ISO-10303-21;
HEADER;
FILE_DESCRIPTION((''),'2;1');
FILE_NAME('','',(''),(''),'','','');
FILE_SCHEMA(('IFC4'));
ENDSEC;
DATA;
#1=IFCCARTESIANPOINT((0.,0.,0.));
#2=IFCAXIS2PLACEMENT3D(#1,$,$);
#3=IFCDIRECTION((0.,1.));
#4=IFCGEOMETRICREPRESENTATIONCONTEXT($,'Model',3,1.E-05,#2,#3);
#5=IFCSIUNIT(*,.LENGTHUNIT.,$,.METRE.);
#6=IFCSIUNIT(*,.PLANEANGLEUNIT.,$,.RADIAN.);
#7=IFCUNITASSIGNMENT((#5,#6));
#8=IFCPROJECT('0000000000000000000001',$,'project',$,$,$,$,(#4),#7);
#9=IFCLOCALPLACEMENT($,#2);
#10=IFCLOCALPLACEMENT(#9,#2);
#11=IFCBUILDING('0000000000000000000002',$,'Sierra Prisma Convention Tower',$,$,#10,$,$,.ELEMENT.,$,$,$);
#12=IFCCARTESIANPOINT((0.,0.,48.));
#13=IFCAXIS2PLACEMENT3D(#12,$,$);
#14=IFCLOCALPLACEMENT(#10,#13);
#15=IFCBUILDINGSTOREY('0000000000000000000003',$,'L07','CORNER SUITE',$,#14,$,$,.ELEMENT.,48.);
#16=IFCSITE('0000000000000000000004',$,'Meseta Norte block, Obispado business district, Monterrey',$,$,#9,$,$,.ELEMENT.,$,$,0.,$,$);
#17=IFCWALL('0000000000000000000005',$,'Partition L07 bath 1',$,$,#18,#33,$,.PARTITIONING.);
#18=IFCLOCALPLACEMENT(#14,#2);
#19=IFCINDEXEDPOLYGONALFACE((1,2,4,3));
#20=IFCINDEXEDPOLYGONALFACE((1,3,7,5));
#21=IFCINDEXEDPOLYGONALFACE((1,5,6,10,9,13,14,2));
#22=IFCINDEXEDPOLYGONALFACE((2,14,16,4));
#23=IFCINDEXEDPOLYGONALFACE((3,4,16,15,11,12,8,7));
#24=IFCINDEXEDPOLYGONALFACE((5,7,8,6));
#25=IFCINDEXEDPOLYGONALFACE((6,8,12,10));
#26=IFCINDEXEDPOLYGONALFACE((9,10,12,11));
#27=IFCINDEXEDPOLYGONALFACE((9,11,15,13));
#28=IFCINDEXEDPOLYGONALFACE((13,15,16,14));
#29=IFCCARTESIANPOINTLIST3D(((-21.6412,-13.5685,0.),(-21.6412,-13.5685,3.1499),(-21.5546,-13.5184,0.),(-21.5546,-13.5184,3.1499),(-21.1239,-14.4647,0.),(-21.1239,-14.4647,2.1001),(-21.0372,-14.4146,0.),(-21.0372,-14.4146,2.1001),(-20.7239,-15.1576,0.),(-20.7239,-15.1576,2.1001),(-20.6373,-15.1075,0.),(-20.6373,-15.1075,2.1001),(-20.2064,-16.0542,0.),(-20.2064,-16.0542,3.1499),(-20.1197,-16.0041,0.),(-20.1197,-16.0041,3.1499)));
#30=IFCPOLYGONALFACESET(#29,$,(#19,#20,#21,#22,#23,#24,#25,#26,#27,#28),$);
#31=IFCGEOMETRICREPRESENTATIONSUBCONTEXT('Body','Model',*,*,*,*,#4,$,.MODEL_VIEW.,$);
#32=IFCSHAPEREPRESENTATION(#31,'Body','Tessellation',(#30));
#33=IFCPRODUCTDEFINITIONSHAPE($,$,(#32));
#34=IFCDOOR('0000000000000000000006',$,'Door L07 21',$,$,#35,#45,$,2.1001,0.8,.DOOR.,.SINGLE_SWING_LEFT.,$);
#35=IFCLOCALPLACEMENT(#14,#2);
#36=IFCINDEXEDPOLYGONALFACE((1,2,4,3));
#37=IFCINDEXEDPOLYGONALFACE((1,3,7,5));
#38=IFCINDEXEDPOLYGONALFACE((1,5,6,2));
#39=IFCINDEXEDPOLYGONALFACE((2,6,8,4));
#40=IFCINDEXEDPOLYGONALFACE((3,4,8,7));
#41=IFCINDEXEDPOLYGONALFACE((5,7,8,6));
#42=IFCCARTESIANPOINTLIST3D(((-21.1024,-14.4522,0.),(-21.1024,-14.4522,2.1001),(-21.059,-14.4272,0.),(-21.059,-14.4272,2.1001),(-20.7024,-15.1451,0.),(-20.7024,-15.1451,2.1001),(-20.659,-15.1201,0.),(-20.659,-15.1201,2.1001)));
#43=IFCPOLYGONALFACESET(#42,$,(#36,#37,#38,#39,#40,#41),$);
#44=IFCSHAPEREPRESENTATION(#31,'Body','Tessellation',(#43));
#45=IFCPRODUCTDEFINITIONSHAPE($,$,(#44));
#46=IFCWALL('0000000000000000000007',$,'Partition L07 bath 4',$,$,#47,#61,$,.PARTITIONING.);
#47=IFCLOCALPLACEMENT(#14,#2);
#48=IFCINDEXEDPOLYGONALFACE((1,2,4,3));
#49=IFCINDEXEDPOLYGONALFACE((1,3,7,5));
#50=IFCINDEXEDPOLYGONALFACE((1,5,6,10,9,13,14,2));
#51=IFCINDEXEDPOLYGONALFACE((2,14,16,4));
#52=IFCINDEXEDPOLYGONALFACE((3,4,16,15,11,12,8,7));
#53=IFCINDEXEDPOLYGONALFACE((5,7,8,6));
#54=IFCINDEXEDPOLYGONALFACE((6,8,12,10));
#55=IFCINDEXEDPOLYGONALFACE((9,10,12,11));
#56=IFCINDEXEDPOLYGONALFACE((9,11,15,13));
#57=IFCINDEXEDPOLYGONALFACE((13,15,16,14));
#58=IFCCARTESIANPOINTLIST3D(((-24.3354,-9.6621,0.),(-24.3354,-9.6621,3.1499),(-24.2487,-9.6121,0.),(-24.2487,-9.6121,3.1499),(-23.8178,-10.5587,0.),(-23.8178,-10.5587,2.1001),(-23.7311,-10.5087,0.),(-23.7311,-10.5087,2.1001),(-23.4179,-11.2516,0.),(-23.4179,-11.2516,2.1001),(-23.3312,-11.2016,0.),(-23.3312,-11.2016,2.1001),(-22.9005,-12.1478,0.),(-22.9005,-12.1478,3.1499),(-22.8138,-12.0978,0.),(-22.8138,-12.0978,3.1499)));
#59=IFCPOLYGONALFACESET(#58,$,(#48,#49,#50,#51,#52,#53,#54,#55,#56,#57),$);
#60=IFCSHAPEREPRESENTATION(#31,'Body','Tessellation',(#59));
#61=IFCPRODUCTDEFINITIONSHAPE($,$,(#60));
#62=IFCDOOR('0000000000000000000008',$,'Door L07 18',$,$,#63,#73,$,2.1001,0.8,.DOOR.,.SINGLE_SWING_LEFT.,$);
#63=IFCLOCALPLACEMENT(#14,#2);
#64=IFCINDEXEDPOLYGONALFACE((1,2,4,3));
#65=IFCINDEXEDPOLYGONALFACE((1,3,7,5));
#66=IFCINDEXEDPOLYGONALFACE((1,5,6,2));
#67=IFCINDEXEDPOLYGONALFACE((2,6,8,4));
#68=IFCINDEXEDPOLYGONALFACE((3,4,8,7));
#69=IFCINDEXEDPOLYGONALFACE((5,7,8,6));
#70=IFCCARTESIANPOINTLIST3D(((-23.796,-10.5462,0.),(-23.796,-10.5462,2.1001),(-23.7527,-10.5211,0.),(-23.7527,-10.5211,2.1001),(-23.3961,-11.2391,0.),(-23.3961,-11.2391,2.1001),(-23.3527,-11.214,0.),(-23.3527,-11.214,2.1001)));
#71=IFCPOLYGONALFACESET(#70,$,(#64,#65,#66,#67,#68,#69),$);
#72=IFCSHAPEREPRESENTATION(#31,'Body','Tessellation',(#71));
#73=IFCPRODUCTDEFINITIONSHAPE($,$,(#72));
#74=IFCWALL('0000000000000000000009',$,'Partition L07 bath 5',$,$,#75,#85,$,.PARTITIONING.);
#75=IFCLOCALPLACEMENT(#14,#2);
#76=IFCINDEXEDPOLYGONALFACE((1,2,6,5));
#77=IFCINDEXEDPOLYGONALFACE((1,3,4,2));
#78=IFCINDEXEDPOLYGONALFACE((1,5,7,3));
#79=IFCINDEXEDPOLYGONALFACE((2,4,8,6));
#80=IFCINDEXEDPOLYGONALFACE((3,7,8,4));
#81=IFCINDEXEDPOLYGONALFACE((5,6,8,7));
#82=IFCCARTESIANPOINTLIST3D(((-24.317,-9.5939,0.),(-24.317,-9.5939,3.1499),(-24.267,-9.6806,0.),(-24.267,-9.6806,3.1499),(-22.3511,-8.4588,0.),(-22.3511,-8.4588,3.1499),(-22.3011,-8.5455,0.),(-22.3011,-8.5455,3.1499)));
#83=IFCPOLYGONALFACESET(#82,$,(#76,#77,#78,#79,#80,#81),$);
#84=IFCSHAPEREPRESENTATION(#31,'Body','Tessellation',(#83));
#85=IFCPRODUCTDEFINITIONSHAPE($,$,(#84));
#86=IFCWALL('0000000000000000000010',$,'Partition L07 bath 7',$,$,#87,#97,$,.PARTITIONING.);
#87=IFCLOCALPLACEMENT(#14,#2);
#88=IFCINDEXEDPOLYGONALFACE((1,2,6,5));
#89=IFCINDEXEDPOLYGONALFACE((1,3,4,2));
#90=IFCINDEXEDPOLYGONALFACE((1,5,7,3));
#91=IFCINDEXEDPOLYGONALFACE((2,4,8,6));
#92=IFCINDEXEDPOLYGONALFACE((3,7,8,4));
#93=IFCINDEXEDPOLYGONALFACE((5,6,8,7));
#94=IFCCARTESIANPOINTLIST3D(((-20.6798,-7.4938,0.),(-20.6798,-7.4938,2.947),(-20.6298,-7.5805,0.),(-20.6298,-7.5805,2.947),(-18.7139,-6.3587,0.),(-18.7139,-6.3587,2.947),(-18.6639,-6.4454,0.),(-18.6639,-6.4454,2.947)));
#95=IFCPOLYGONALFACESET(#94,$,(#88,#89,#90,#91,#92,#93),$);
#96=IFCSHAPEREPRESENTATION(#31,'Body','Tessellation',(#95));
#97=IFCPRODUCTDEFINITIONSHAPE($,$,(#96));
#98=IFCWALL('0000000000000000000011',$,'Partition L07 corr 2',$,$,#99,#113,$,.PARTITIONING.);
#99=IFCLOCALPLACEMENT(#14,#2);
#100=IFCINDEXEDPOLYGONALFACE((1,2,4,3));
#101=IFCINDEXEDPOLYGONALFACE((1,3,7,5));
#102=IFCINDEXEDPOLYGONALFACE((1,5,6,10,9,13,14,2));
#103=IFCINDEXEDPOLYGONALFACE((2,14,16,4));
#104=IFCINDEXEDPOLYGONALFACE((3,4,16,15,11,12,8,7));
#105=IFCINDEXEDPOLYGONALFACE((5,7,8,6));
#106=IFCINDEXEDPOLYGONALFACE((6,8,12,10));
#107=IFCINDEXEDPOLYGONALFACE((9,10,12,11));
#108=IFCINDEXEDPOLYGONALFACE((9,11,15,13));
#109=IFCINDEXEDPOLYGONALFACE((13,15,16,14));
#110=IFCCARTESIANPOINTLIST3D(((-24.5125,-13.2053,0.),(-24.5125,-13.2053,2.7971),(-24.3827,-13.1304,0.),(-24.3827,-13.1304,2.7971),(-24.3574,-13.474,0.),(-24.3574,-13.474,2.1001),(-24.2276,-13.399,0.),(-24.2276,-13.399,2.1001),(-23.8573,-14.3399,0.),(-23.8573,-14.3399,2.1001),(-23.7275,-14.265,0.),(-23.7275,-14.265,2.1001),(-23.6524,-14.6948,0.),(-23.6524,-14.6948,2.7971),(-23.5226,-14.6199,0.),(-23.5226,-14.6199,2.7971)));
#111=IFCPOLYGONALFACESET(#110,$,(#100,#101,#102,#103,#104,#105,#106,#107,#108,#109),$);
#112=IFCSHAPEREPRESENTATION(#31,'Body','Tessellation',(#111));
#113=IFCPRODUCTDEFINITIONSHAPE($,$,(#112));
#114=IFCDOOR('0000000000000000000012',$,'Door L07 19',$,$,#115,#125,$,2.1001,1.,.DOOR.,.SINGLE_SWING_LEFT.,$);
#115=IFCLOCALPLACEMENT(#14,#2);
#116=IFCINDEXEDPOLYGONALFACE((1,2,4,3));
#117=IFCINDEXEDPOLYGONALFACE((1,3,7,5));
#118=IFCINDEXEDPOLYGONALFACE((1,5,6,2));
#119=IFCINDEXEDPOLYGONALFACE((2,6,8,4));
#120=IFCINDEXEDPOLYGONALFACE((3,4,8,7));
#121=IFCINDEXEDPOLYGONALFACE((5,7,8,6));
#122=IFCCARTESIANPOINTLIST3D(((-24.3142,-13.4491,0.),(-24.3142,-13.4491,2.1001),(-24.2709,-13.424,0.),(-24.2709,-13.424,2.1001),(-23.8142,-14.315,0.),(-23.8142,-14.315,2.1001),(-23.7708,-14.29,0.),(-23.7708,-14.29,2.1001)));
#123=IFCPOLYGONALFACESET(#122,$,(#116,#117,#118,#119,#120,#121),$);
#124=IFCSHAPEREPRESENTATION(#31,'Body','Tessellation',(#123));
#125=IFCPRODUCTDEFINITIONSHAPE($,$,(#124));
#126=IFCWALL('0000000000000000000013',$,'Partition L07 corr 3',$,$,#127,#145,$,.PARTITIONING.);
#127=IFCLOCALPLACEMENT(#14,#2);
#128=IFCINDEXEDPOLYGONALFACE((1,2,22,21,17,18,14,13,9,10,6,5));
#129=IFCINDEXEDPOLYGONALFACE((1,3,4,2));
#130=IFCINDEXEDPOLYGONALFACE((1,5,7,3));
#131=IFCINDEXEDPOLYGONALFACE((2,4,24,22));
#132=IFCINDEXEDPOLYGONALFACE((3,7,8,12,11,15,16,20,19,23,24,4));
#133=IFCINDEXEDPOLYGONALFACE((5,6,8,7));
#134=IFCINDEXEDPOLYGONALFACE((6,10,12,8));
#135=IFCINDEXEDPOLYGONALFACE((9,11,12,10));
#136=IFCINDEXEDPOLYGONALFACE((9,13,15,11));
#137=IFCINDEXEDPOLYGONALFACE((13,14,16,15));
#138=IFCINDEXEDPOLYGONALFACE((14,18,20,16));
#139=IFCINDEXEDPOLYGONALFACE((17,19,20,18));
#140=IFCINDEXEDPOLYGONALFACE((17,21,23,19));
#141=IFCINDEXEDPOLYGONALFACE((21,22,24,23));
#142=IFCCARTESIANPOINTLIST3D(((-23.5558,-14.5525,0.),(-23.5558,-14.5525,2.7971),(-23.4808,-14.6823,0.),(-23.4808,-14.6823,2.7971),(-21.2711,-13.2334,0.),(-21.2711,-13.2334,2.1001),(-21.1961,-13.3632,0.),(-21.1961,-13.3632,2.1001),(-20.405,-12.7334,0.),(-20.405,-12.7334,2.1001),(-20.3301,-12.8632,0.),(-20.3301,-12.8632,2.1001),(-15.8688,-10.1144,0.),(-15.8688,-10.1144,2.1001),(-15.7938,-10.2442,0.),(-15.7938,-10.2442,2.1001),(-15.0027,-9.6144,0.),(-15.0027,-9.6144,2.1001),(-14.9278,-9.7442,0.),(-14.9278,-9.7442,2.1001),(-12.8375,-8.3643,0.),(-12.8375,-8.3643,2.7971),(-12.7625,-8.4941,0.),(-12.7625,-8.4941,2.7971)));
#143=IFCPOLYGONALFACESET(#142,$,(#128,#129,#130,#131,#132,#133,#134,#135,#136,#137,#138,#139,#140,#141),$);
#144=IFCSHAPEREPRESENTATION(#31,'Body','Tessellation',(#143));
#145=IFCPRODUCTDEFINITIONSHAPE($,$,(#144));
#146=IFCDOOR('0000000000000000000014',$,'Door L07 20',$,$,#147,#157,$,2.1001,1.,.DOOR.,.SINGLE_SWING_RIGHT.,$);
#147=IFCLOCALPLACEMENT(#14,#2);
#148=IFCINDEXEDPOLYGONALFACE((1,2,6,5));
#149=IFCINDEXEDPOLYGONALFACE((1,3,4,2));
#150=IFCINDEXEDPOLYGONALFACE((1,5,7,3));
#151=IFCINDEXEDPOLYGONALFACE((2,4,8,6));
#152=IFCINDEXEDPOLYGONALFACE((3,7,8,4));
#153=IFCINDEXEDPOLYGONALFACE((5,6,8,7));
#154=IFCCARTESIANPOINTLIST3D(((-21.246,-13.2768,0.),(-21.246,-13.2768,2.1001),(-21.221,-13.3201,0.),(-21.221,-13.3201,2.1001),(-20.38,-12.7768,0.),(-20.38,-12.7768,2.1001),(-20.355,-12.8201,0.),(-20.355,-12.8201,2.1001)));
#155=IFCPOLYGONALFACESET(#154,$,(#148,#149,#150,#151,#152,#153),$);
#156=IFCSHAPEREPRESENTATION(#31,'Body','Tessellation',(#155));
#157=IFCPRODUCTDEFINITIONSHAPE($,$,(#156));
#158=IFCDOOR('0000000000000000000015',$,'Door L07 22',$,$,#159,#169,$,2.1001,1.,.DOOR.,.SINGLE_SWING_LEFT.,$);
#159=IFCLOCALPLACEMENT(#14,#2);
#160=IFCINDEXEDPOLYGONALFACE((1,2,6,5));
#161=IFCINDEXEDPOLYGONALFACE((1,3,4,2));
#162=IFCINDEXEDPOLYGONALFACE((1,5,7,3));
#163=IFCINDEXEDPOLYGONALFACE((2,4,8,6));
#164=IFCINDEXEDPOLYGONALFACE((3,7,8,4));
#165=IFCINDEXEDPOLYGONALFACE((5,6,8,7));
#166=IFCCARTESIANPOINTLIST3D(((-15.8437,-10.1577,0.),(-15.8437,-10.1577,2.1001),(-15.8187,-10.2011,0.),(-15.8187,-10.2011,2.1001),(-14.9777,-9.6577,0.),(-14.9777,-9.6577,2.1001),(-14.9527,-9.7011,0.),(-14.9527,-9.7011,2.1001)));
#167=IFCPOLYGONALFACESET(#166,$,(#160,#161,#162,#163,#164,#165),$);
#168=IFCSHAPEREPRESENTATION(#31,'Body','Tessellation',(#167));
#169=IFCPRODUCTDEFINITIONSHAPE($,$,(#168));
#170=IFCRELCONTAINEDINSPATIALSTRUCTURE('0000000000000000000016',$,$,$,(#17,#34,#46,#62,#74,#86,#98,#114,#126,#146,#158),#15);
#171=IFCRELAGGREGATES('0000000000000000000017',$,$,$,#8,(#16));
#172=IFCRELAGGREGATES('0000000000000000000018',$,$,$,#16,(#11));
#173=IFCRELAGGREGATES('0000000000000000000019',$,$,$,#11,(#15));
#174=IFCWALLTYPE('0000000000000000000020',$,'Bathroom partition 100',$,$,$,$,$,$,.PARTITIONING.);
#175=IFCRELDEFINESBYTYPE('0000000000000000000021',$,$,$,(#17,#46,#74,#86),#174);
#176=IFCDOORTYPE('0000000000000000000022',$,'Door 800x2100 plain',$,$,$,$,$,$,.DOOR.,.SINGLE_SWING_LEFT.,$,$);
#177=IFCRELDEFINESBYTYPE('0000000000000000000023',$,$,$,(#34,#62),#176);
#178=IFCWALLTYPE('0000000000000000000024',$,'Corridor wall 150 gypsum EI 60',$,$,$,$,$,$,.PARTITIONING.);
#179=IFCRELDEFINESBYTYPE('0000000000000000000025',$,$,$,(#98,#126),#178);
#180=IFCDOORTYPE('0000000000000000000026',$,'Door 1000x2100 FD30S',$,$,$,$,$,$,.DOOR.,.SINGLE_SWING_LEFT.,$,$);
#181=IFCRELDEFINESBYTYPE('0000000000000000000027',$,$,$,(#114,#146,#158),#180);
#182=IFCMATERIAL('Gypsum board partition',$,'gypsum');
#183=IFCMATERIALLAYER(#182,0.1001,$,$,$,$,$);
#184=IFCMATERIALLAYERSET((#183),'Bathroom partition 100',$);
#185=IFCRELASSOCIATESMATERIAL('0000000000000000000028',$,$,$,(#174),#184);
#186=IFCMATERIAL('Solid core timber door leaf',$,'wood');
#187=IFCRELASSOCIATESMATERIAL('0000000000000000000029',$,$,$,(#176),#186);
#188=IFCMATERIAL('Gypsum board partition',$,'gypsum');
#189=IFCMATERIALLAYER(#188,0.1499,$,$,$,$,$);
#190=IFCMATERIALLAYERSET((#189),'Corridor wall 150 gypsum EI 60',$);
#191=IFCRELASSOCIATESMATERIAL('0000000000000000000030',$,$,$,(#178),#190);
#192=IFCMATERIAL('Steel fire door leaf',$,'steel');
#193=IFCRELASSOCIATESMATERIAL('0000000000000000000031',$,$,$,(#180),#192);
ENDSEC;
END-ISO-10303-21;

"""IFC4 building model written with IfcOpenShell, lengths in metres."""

from ifc_helpers import new_model, si_unit, direction, frame, frame_2d, origin, place, context, subcontext, project, spatial, rectangle, extrude, material, layer, layer_set, type_object, element, fill, save


model = new_model("IFC4")

# Units and contexts
model_context = context("Model", 3, precision=1e-05, world=origin(), true_north=direction((0.0, 1.0)))
body_context = subcontext(model_context, "Body", "Model", "MODEL_VIEW")
ifc_project = project(units=[si_unit("LENGTHUNIT", "METRE"), si_unit("PLANEANGLEUNIT", "RADIAN")], contexts=[model_context])

# Site, building, storey
site_placement = place(None, origin())
site = spatial("IfcSite", under=ifc_project, at=site_placement, Name="Meseta Norte block, Obispado business district, Monterrey", CompositionType="ELEMENT", RefElevation=0.0)
building_placement = place(site_placement, origin())
building = spatial("IfcBuilding", under=site, at=building_placement, Name="Sierra Prisma Convention Tower", CompositionType="ELEMENT")
storey_placement = place(building_placement, frame((0.0, 0.0, 48.0)))
storey = spatial("IfcBuildingStorey", under=building, at=storey_placement, Name="L07", Description="CORNER SUITE", CompositionType="ELEMENT", Elevation=48.0)

# Walls, openings, doors
ifc_material_1 = material(Name="Gypsum board partition", Category="gypsum")
ifc_layer_1 = layer(ifc_material_1, 0.1001)
ifc_layer_set_1 = layer_set([ifc_layer_1], Name="Bathroom partition 100")
wall_type_1 = type_object("IfcWallType", Name="Bathroom partition 100", PredefinedType="PARTITIONING", material=ifc_layer_set_1)
wall_1_placement = place(storey_placement, frame((-21.5979, -13.5435, 0.0), z_axis=(0.0, 0.0, 1.0), x_axis=(0.499936, -0.866062, 0.0)))
wall_1 = element("IfcWall", 1, at=wall_1_placement, inside=storey, type_object=wall_type_1, Name="Partition L07 bath 1", PredefinedType="PARTITIONING", context=body_context, shape_type="SweptSolid", body=[
    extrude(rectangle(XDim=2.8701, YDim=0.1001, at=frame_2d((1.4351, 0.0))), origin(), (0.0, 0.0, 1.0), 3.1499),
])
opening_1_placement = place(wall_1_placement, frame((1.0349, 0.0, 0.0)))
opening_1 = element("IfcOpeningElement", 2, at=opening_1_placement, cuts=wall_1, PredefinedType="OPENING", context=body_context, shape_type="SweptSolid", body=[
    extrude(rectangle(XDim=0.8, YDim=2.1001, at=frame_2d((0.3999, 1.05))), frame((0.0, 0.05, 0.0), z_axis=(0.0, -1.0, 0.0), x_axis=(1.0, 0.0, 0.0)), (0.0, 0.0, 1.0), 0.1001),
])
ifc_material_2 = material(Name="Solid core timber door leaf", Category="wood")
door_type_1 = type_object("IfcDoorType", Name="Door 800x2100 plain", OperationType="SINGLE_SWING_LEFT", PredefinedType="DOOR", material=ifc_material_2)
door_1_placement = place(opening_1_placement, origin())
door_1 = element("IfcDoor", 3, at=door_1_placement, inside=storey, type_object=door_type_1, Name="Door L07 21", OperationType="SINGLE_SWING_LEFT", OverallHeight=2.1001, OverallWidth=0.8, PredefinedType="DOOR", context=body_context, shape_type="SweptSolid", body=[
    extrude(rectangle(XDim=0.8, YDim=2.1001, at=frame_2d((0.3999, 1.05))), frame((0.0, 0.0249, 0.0), z_axis=(0.0, -1.0, 0.0), x_axis=(1.0, 0.0, 0.0)), (0.0, 0.0, 1.0), 0.05),
])
fill(opening_1, door_1)
wall_2_placement = place(storey_placement, frame((-22.8572, -12.1228, 0.0), z_axis=(0.0, 0.0, 1.0), x_axis=(-0.499936, 0.866062, 0.0)))
wall_2 = element("IfcWall", 4, at=wall_2_placement, inside=storey, type_object=wall_type_1, Name="Partition L07 bath 4", PredefinedType="PARTITIONING", context=body_context, shape_type="SweptSolid", body=[
    extrude(rectangle(XDim=2.8701, YDim=0.1001, at=frame_2d((1.4351, 0.0))), origin(), (0.0, 0.0, 1.0), 3.1499),
])
opening_2_placement = place(wall_2_placement, frame((1.0349, 0.0, 0.0)))
opening_2 = element("IfcOpeningElement", 5, at=opening_2_placement, cuts=wall_2, PredefinedType="OPENING", context=body_context, shape_type="SweptSolid", body=[
    extrude(rectangle(XDim=0.8, YDim=2.1001, at=frame_2d((0.3999, 1.05))), frame((0.0, 0.05, 0.0), z_axis=(0.0, -1.0, 0.0), x_axis=(1.0, 0.0, 0.0)), (0.0, 0.0, 1.0), 0.1001),
])
door_2_placement = place(opening_2_placement, origin())
door_2 = element("IfcDoor", 6, at=door_2_placement, inside=storey, type_object=door_type_1, Name="Door L07 18", OperationType="SINGLE_SWING_LEFT", OverallHeight=2.1001, OverallWidth=0.8, PredefinedType="DOOR", context=body_context, shape_type="SweptSolid", body=[
    extrude(rectangle(XDim=0.8, YDim=2.1001, at=frame_2d((0.3999, 1.05))), frame((0.0, 0.0249, 0.0), z_axis=(0.0, -1.0, 0.0), x_axis=(1.0, 0.0, 0.0)), (0.0, 0.0, 1.0), 0.05),
])
fill(opening_2, door_2)

# Walls
wall_3_placement = place(storey_placement, frame((-24.292, -9.6372, 0.0), z_axis=(0.0, 0.0, 1.0), x_axis=(0.866017, 0.500014, 0.0)))
element("IfcWall", 7, at=wall_3_placement, inside=storey, type_object=wall_type_1, Name="Partition L07 bath 5", PredefinedType="PARTITIONING", context=body_context, shape_type="SweptSolid", body=[
    extrude(rectangle(XDim=2.27, YDim=0.1001, at=frame_2d((1.135, 0.0))), origin(), (0.0, 0.0, 1.0), 3.1499),
])
wall_4_placement = place(storey_placement, frame((-20.6548, -7.5371, 0.0), z_axis=(0.0, 0.0, 1.0), x_axis=(0.866017, 0.500014, 0.0)))
element("IfcWall", 8, at=wall_4_placement, inside=storey, type_object=wall_type_1, Name="Partition L07 bath 7", PredefinedType="PARTITIONING", context=body_context, shape_type="SweptSolid", body=[
    extrude(rectangle(XDim=2.27, YDim=0.1001, at=frame_2d((1.135, 0.0))), origin(), (0.0, 0.0, 1.0), 2.947),
])

# Wall, opening, door
ifc_material_3 = material(Name="Gypsum board partition", Category="gypsum")
ifc_layer_2 = layer(ifc_material_3, 0.1499)
ifc_layer_set_2 = layer_set([ifc_layer_2], Name="Corridor wall 150 gypsum EI 60")
wall_type_2 = type_object("IfcWallType", Name="Corridor wall 150 gypsum EI 60", PredefinedType="PARTITIONING", material=ifc_layer_set_2)
wall_5_placement = place(storey_placement, frame((-24.4475, -13.168, 0.0), z_axis=(0.0, 0.0, 1.0), x_axis=(0.500062, -0.865989, 0.0)))
wall_5 = element("IfcWall", 9, at=wall_5_placement, inside=storey, type_object=wall_type_2, Name="Partition L07 corr 2", PredefinedType="PARTITIONING", context=body_context, shape_type="SweptSolid", body=[
    extrude(rectangle(XDim=1.72, YDim=0.1499, at=frame_2d((0.8599, 0.0))), origin(), (0.0, 0.0, 1.0), 2.7971),
])
opening_3_placement = place(wall_5_placement, frame((0.3101, 0.0, 0.0)))
opening_3 = element("IfcOpeningElement", 10, at=opening_3_placement, cuts=wall_5, PredefinedType="OPENING", context=body_context, shape_type="SweptSolid", body=[
    extrude(rectangle(XDim=1.0, YDim=2.1001, at=frame_2d((0.5, 1.05))), frame((0.0, 0.075, 0.0), z_axis=(0.0, -1.0, 0.0), x_axis=(1.0, 0.0, 0.0)), (0.0, 0.0, 1.0), 0.1499),
])
ifc_material_4 = material(Name="Steel fire door leaf", Category="steel")
door_type_2 = type_object("IfcDoorType", Name="Door 1000x2100 FD30S", OperationType="SINGLE_SWING_LEFT", PredefinedType="DOOR", material=ifc_material_4)
door_3_placement = place(opening_3_placement, origin())
door_3 = element("IfcDoor", 11, at=door_3_placement, inside=storey, type_object=door_type_2, Name="Door L07 19", OperationType="SINGLE_SWING_LEFT", OverallHeight=2.1001, OverallWidth=1.0, PredefinedType="DOOR", context=body_context, shape_type="SweptSolid", body=[
    extrude(rectangle(XDim=1.0, YDim=2.1001, at=frame_2d((0.5, 1.05))), frame((0.0, 0.0249, 0.0), z_axis=(0.0, -1.0, 0.0), x_axis=(1.0, 0.0, 0.0)), (0.0, 0.0, 1.0), 0.05),
])
fill(opening_3, door_3)

# Wall, openings, doors
wall_6_placement = place(storey_placement, frame((-23.5183, -14.6174, 0.0), z_axis=(0.0, 0.0, 1.0), x_axis=(0.866024, 0.500002, 0.0)))
wall_6 = element("IfcWall", 12, at=wall_6_placement, inside=storey, type_object=wall_type_2, Name="Partition L07 corr 3", PredefinedType="PARTITIONING", context=body_context, shape_type="SweptSolid", body=[
    extrude(rectangle(XDim=12.3765, YDim=0.1499, at=frame_2d((6.1882, 0.0))), origin(), (0.0, 0.0, 1.0), 2.7971),
])
opening_4_placement = place(wall_6_placement, frame((2.6382, 0.0, 0.0)))
opening_4 = element("IfcOpeningElement", 13, at=opening_4_placement, cuts=wall_6, PredefinedType="OPENING", context=body_context, shape_type="SweptSolid", body=[
    extrude(rectangle(XDim=1.0, YDim=2.1001, at=frame_2d((0.5, 1.05))), frame((0.0, 0.075, 0.0), z_axis=(0.0, -1.0, 0.0), x_axis=(1.0, 0.0, 0.0)), (0.0, 0.0, 1.0), 0.1499),
])
opening_5_placement = place(wall_6_placement, frame((8.8762, 0.0, 0.0)))
opening_5 = element("IfcOpeningElement", 14, at=opening_5_placement, cuts=wall_6, PredefinedType="OPENING", context=body_context, shape_type="SweptSolid", body=[
    extrude(rectangle(XDim=1.0, YDim=2.1001, at=frame_2d((0.5, 1.05))), frame((0.0, 0.075, 0.0), z_axis=(0.0, -1.0, 0.0), x_axis=(1.0, 0.0, 0.0)), (0.0, 0.0, 1.0), 0.1499),
])
door_4_placement = place(opening_4_placement, origin())
door_4 = element("IfcDoor", 15, at=door_4_placement, inside=storey, type_object=door_type_2, Name="Door L07 20", OperationType="SINGLE_SWING_RIGHT", OverallHeight=2.1001, OverallWidth=1.0, PredefinedType="DOOR", context=body_context, shape_type="SweptSolid", body=[
    extrude(rectangle(XDim=1.0, YDim=2.1001, at=frame_2d((0.5, 1.05))), frame((0.0, 0.0249, 0.0), z_axis=(0.0, -1.0, 0.0), x_axis=(1.0, 0.0, 0.0)), (0.0, 0.0, 1.0), 0.05),
])
fill(opening_4, door_4)
door_5_placement = place(opening_5_placement, origin())
door_5 = element("IfcDoor", 16, at=door_5_placement, inside=storey, type_object=door_type_2, Name="Door L07 22", OperationType="SINGLE_SWING_LEFT", OverallHeight=2.1001, OverallWidth=1.0, PredefinedType="DOOR", context=body_context, shape_type="SweptSolid", body=[
    extrude(rectangle(XDim=1.0, YDim=2.1001, at=frame_2d((0.5, 1.05))), frame((0.0, 0.0249, 0.0), z_axis=(0.0, -1.0, 0.0), x_axis=(1.0, 0.0, 0.0)), (0.0, 0.0, 1.0), 0.05),
])
fill(opening_5, door_5)

save(model, "model.ifc")
